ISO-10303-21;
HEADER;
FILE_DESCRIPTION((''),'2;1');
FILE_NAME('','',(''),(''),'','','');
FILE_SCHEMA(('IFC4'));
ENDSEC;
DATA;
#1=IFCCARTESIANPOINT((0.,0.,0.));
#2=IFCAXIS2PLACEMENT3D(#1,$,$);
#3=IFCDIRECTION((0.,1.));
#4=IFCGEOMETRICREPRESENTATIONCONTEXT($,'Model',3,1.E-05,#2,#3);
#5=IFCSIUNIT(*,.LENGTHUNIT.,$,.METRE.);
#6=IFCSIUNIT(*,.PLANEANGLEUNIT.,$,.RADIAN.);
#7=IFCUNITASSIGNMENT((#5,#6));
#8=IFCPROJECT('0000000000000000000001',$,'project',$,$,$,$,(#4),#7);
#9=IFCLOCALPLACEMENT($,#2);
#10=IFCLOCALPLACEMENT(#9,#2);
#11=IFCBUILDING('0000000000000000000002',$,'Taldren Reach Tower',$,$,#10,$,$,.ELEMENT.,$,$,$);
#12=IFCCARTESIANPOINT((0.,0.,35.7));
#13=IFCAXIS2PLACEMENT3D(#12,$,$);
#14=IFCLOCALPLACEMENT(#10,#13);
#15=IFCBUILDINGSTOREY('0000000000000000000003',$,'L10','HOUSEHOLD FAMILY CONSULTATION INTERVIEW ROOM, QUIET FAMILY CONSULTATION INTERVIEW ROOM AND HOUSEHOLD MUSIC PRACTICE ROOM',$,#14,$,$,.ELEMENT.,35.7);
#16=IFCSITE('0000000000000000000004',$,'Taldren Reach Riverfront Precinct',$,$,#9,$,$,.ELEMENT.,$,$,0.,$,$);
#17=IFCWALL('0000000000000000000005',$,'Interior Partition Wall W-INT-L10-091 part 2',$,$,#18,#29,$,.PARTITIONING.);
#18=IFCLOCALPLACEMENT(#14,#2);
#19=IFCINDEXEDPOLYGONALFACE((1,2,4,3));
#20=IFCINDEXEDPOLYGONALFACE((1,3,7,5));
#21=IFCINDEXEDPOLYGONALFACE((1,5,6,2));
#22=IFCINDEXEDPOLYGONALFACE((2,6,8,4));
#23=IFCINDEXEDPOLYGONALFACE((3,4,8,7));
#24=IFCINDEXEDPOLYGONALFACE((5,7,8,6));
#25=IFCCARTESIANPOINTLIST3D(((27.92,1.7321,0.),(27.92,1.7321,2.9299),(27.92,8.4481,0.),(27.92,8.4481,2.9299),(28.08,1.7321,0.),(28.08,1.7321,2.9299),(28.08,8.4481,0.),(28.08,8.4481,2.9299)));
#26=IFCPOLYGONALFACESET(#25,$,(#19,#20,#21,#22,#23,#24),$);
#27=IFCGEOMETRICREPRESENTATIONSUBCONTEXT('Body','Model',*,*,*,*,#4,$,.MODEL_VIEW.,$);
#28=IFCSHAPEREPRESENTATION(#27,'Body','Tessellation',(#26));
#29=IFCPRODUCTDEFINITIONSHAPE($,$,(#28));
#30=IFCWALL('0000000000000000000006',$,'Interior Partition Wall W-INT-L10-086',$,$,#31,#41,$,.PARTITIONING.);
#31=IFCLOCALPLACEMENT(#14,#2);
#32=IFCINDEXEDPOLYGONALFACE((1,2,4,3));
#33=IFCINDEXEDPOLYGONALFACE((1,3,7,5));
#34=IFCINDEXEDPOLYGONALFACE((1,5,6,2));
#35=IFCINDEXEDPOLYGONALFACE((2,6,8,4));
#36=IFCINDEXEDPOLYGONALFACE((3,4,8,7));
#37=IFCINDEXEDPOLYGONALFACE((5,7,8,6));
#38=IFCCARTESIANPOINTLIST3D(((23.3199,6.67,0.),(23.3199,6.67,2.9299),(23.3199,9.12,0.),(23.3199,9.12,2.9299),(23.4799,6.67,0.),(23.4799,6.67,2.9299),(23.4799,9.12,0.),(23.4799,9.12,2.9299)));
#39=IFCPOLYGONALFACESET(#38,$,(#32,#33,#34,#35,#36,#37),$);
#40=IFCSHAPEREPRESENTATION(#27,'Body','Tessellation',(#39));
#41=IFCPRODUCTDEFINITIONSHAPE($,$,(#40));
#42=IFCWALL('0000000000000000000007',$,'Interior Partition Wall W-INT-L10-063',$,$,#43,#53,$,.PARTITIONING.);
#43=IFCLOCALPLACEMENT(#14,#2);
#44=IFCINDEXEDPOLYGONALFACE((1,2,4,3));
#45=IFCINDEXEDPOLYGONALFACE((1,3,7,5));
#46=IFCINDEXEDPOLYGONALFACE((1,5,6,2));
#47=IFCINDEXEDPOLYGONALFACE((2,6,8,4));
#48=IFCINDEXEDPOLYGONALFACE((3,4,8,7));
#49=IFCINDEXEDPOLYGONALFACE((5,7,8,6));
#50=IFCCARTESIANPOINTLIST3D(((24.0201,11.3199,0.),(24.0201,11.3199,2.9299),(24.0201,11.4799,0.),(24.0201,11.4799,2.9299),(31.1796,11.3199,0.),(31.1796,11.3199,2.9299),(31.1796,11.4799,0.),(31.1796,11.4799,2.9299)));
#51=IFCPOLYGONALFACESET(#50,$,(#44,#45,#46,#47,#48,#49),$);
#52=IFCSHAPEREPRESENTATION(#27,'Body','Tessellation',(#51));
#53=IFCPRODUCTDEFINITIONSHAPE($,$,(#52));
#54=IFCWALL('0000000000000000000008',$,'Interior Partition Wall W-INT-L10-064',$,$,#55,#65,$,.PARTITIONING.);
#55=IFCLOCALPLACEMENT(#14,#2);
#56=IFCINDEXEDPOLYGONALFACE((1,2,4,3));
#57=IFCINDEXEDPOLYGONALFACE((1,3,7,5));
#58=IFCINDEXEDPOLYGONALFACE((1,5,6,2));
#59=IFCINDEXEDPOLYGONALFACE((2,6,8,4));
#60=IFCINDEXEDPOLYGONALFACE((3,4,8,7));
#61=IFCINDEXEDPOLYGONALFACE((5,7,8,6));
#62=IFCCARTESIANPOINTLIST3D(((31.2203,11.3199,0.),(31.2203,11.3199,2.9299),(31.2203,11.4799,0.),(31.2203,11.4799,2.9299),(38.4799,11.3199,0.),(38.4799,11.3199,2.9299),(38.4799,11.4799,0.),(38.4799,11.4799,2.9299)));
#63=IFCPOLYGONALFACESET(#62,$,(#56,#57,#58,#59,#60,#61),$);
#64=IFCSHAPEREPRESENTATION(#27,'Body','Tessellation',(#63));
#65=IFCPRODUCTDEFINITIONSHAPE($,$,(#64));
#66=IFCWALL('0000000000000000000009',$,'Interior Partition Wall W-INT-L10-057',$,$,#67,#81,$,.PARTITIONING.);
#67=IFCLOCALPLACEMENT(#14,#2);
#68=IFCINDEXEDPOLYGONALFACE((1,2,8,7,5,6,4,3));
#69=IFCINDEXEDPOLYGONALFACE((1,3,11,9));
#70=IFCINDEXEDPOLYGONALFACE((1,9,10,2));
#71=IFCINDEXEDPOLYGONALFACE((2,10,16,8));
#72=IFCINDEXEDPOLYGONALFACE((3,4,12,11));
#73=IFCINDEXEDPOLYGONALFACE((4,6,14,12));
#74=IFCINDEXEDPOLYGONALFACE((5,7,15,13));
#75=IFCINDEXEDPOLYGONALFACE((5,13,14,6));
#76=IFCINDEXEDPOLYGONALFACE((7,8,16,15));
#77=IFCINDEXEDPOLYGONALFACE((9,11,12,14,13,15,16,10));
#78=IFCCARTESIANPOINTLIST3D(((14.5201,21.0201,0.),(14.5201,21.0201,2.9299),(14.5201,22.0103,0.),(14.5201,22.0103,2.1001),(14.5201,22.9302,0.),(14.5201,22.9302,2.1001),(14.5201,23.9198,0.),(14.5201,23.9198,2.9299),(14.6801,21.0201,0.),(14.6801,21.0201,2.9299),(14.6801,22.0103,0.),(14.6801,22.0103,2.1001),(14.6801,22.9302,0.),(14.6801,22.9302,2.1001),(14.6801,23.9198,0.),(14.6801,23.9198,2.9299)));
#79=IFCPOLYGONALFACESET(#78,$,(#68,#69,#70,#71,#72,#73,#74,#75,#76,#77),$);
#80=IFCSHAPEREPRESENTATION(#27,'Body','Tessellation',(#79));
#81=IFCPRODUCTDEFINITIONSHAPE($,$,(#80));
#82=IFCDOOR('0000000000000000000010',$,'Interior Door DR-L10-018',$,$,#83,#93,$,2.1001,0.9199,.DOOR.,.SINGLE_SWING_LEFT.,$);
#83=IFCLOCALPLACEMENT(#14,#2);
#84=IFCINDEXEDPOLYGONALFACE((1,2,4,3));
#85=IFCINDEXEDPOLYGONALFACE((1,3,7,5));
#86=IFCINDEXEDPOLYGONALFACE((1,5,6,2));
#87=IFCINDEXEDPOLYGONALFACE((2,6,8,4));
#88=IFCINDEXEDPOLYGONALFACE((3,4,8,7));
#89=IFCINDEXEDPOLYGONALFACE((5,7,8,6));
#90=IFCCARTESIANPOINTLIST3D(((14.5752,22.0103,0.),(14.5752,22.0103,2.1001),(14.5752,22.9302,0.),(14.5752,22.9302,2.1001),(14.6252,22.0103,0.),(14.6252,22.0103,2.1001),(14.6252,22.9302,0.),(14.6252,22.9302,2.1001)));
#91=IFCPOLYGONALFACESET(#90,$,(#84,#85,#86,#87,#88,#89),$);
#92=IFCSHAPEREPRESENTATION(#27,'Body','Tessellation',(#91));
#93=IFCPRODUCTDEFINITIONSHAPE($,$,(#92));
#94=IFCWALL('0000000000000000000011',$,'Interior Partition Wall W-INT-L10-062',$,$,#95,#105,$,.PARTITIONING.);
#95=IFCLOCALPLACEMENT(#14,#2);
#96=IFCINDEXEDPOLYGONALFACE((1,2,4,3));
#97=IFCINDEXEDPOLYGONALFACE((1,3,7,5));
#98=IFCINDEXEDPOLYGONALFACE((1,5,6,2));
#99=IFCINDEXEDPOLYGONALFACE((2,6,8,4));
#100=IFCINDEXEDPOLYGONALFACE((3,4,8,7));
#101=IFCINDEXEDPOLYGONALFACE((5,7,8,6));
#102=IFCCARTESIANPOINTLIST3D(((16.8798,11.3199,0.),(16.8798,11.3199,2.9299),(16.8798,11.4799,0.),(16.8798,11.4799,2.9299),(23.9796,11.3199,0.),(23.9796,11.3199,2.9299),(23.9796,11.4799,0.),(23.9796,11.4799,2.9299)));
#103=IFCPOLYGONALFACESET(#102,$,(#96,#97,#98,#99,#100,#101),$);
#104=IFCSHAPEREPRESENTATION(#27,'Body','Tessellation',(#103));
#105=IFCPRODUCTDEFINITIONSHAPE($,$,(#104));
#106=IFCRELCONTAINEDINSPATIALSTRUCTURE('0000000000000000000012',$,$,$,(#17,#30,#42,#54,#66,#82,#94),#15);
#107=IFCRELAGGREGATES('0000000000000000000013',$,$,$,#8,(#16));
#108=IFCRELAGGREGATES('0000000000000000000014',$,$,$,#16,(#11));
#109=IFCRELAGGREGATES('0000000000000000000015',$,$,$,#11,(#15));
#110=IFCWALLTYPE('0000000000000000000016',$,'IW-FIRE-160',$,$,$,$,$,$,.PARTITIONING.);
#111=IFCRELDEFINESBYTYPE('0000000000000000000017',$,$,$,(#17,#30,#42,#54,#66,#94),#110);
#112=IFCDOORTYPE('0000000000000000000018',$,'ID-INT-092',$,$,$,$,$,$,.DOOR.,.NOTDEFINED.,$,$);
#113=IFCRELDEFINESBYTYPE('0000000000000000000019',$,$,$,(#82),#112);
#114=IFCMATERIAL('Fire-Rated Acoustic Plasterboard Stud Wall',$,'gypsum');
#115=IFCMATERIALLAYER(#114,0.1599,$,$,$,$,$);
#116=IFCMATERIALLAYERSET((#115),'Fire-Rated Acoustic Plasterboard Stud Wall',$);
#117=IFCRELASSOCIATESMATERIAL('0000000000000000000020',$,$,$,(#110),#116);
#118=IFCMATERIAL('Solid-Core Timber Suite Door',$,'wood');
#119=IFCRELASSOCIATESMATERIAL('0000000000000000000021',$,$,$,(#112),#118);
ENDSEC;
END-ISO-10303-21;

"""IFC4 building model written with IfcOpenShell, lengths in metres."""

from ifc_helpers import new_model, si_unit, direction, frame, frame_2d, origin, place, context, subcontext, project, spatial, rectangle, extrude, source, transform, mapped, material, layer, layer_set, type_object, element, fill, save


model = new_model("IFC4")

# Units and contexts
model_context = context("Model", 3, precision=1e-05, world=origin(), true_north=direction((0.0, 1.0)))
body_context = subcontext(model_context, "Body", "Model", "MODEL_VIEW")
ifc_project = project(units=[si_unit("LENGTHUNIT", "METRE"), si_unit("PLANEANGLEUNIT", "RADIAN")], contexts=[model_context])

# Site, building, storey
site_placement = place(None, origin())
site = spatial("IfcSite", under=ifc_project, at=site_placement, Name="Taldren Reach Riverfront Precinct", CompositionType="ELEMENT", RefElevation=0.0)
building_placement = place(site_placement, origin())
building = spatial("IfcBuilding", under=site, at=building_placement, Name="Taldren Reach Tower", CompositionType="ELEMENT")
storey_placement = place(building_placement, frame((0.0, 0.0, 35.7)))
storey = spatial("IfcBuildingStorey", under=building, at=storey_placement, Name="L10", Description="HOUSEHOLD FAMILY CONSULTATION INTERVIEW ROOM, QUIET FAMILY CONSULTATION INTERVIEW ROOM AND HOUSEHOLD MUSIC PRACTICE ROOM", CompositionType="ELEMENT", Elevation=35.7)

# Shared definitions
ifc_material_1 = material(Name="Fire-Rated Acoustic Plasterboard Stud Wall", Category="gypsum")
ifc_layer = layer(ifc_material_1, 0.1599)
ifc_layer_set = layer_set([ifc_layer], Name="Fire-Rated Acoustic Plasterboard Stud Wall")
wall_type = type_object("IfcWallType", Name="IW-FIRE-160", PredefinedType="PARTITIONING", material=ifc_layer_set)

# Shared definitions
shared_shape_1 = source(origin(), body_context, "Body", "SweptSolid", [
    extrude(rectangle(XDim=0.9199, YDim=2.1001, at=frame_2d((0.46, 1.05))), frame((0.0, 0.0898, 0.0), z_axis=(0.0, -1.0, 0.0), x_axis=(1.0, 0.0, 0.0)), (0.0, 0.0, 1.0), 0.1799),
])
ifc_material_2 = material(Name="Solid-Core Timber Suite Door", Category="wood")
door_type_1 = type_object("IfcDoorType", Name="ID-INT-092", OperationType="NOTDEFINED", PredefinedType="DOOR", material=ifc_material_2)
shared_shape_2 = source(origin(), body_context, "Body", "SweptSolid", [
    extrude(rectangle(XDim=0.9199, YDim=2.1001, at=frame_2d((0.46, 1.05))), frame((0.0, 0.0249, 0.0), z_axis=(0.0, -1.0, 0.0), x_axis=(1.0, 0.0, 0.0)), (0.0, 0.0, 1.0), 0.05),
])

# Walls
shared_shape_3 = source(origin(), body_context, "Body", "SweptSolid", [
    extrude(rectangle(XDim=6.7161, YDim=0.1599, at=frame_2d((3.3579, 0.0))), origin(), (0.0, 0.0, 1.0), 2.9299),
])
wall_1_placement = place(storey_placement, frame((28.0, 8.448, 0.0), z_axis=(0.0, 0.0, 1.0), x_axis=(0.0, -1.0, 0.0)))
element("IfcWall", 1, at=wall_1_placement, inside=storey, type_object=wall_type, Name="Interior Partition Wall W-INT-L10-091 part 2", PredefinedType="PARTITIONING", context=body_context, shape_type="MappedRepresentation", body=[
    mapped(shared_shape_3, transform((0.0, 0.0, 0.0), scale=1.0)),
])
shared_shape_4 = source(origin(), body_context, "Body", "SweptSolid", [
    extrude(rectangle(XDim=2.45, YDim=0.1599, at=frame_2d((1.2251, 0.0))), origin(), (0.0, 0.0, 1.0), 2.9299),
])
wall_2_placement = place(storey_placement, frame((23.3999, 9.1201, 0.0), z_axis=(0.0, 0.0, 1.0), x_axis=(0.0, -1.0, 0.0)))
element("IfcWall", 2, at=wall_2_placement, inside=storey, type_object=wall_type, Name="Interior Partition Wall W-INT-L10-086", PredefinedType="PARTITIONING", context=body_context, shape_type="MappedRepresentation", body=[
    mapped(shared_shape_4, transform((0.0, 0.0, 0.0), scale=1.0)),
])
shared_shape_5 = source(origin(), body_context, "Body", "SweptSolid", [
    extrude(rectangle(XDim=7.1594, YDim=0.1599, at=frame_2d((3.5796, 0.0))), origin(), (0.0, 0.0, 1.0), 2.9299),
])
wall_3_placement = place(storey_placement, frame((24.0203, 11.3999, 0.0), z_axis=(0.0, 0.0, 1.0), x_axis=(1.0, 0.0, 0.0)))
element("IfcWall", 3, at=wall_3_placement, inside=storey, type_object=wall_type, Name="Interior Partition Wall W-INT-L10-063", PredefinedType="PARTITIONING", context=body_context, shape_type="MappedRepresentation", body=[
    mapped(shared_shape_5, transform((0.0, 0.0, 0.0), scale=1.0)),
])
shared_shape_6 = source(origin(), body_context, "Body", "SweptSolid", [
    extrude(rectangle(XDim=7.2595, YDim=0.1599, at=frame_2d((3.6299, 0.0))), origin(), (0.0, 0.0, 1.0), 2.9299),
])
wall_4_placement = place(storey_placement, frame((31.2202, 11.3999, 0.0), z_axis=(0.0, 0.0, 1.0), x_axis=(1.0, 0.0, 0.0)))
element("IfcWall", 4, at=wall_4_placement, inside=storey, type_object=wall_type, Name="Interior Partition Wall W-INT-L10-064", PredefinedType="PARTITIONING", context=body_context, shape_type="MappedRepresentation", body=[
    mapped(shared_shape_6, transform((0.0, 0.0, 0.0), scale=1.0)),
])

# Wall, opening, door
shared_shape_7 = source(origin(), body_context, "Body", "SweptSolid", [
    extrude(rectangle(XDim=2.8997, YDim=0.1599, at=frame_2d((1.4497, 0.0))), origin(), (0.0, 0.0, 1.0), 2.9299),
])
wall_5_placement = place(storey_placement, frame((14.6001, 21.0203, 0.0), z_axis=(0.0, 0.0, 1.0), x_axis=(0.0, 1.0, 0.0)))
wall_5 = element("IfcWall", 5, at=wall_5_placement, inside=storey, type_object=wall_type, Name="Interior Partition Wall W-INT-L10-057", PredefinedType="PARTITIONING", context=body_context, shape_type="MappedRepresentation", body=[
    mapped(shared_shape_7, transform((0.0, 0.0, 0.0), scale=1.0)),
])
opening_1_placement = place(wall_5_placement, frame((0.99, 0.0, 0.0)))
opening_1 = element("IfcOpeningElement", 6, at=opening_1_placement, cuts=wall_5, PredefinedType="OPENING", context=body_context, shape_type="MappedRepresentation", body=[
    mapped(shared_shape_1, transform((0.0, 0.0, 0.0), scale=1.0)),
])
door_1_placement = place(opening_1_placement, origin())
door_1 = element("IfcDoor", 7, at=door_1_placement, inside=storey, type_object=door_type_1, Name="Interior Door DR-L10-018", OperationType="SINGLE_SWING_LEFT", OverallHeight=2.1001, OverallWidth=0.9199, PredefinedType="DOOR", context=body_context, shape_type="MappedRepresentation", body=[
    mapped(shared_shape_2, transform((0.0, 0.0, 0.0), scale=1.0)),
])
fill(opening_1, door_1)

# Wall
shared_shape_8 = source(origin(), body_context, "Body", "SweptSolid", [
    extrude(rectangle(XDim=7.0999, YDim=0.1599, at=frame_2d((3.5498, 0.0))), origin(), (0.0, 0.0, 1.0), 2.9299),
])
wall_6_placement = place(storey_placement, frame((16.8799, 11.3999, 0.0), z_axis=(0.0, 0.0, 1.0), x_axis=(1.0, 0.0, 0.0)))
element("IfcWall", 8, at=wall_6_placement, inside=storey, type_object=wall_type, Name="Interior Partition Wall W-INT-L10-062", PredefinedType="PARTITIONING", context=body_context, shape_type="MappedRepresentation", body=[
    mapped(shared_shape_8, transform((0.0, 0.0, 0.0), scale=1.0)),
])

save(model, "model.ifc")
